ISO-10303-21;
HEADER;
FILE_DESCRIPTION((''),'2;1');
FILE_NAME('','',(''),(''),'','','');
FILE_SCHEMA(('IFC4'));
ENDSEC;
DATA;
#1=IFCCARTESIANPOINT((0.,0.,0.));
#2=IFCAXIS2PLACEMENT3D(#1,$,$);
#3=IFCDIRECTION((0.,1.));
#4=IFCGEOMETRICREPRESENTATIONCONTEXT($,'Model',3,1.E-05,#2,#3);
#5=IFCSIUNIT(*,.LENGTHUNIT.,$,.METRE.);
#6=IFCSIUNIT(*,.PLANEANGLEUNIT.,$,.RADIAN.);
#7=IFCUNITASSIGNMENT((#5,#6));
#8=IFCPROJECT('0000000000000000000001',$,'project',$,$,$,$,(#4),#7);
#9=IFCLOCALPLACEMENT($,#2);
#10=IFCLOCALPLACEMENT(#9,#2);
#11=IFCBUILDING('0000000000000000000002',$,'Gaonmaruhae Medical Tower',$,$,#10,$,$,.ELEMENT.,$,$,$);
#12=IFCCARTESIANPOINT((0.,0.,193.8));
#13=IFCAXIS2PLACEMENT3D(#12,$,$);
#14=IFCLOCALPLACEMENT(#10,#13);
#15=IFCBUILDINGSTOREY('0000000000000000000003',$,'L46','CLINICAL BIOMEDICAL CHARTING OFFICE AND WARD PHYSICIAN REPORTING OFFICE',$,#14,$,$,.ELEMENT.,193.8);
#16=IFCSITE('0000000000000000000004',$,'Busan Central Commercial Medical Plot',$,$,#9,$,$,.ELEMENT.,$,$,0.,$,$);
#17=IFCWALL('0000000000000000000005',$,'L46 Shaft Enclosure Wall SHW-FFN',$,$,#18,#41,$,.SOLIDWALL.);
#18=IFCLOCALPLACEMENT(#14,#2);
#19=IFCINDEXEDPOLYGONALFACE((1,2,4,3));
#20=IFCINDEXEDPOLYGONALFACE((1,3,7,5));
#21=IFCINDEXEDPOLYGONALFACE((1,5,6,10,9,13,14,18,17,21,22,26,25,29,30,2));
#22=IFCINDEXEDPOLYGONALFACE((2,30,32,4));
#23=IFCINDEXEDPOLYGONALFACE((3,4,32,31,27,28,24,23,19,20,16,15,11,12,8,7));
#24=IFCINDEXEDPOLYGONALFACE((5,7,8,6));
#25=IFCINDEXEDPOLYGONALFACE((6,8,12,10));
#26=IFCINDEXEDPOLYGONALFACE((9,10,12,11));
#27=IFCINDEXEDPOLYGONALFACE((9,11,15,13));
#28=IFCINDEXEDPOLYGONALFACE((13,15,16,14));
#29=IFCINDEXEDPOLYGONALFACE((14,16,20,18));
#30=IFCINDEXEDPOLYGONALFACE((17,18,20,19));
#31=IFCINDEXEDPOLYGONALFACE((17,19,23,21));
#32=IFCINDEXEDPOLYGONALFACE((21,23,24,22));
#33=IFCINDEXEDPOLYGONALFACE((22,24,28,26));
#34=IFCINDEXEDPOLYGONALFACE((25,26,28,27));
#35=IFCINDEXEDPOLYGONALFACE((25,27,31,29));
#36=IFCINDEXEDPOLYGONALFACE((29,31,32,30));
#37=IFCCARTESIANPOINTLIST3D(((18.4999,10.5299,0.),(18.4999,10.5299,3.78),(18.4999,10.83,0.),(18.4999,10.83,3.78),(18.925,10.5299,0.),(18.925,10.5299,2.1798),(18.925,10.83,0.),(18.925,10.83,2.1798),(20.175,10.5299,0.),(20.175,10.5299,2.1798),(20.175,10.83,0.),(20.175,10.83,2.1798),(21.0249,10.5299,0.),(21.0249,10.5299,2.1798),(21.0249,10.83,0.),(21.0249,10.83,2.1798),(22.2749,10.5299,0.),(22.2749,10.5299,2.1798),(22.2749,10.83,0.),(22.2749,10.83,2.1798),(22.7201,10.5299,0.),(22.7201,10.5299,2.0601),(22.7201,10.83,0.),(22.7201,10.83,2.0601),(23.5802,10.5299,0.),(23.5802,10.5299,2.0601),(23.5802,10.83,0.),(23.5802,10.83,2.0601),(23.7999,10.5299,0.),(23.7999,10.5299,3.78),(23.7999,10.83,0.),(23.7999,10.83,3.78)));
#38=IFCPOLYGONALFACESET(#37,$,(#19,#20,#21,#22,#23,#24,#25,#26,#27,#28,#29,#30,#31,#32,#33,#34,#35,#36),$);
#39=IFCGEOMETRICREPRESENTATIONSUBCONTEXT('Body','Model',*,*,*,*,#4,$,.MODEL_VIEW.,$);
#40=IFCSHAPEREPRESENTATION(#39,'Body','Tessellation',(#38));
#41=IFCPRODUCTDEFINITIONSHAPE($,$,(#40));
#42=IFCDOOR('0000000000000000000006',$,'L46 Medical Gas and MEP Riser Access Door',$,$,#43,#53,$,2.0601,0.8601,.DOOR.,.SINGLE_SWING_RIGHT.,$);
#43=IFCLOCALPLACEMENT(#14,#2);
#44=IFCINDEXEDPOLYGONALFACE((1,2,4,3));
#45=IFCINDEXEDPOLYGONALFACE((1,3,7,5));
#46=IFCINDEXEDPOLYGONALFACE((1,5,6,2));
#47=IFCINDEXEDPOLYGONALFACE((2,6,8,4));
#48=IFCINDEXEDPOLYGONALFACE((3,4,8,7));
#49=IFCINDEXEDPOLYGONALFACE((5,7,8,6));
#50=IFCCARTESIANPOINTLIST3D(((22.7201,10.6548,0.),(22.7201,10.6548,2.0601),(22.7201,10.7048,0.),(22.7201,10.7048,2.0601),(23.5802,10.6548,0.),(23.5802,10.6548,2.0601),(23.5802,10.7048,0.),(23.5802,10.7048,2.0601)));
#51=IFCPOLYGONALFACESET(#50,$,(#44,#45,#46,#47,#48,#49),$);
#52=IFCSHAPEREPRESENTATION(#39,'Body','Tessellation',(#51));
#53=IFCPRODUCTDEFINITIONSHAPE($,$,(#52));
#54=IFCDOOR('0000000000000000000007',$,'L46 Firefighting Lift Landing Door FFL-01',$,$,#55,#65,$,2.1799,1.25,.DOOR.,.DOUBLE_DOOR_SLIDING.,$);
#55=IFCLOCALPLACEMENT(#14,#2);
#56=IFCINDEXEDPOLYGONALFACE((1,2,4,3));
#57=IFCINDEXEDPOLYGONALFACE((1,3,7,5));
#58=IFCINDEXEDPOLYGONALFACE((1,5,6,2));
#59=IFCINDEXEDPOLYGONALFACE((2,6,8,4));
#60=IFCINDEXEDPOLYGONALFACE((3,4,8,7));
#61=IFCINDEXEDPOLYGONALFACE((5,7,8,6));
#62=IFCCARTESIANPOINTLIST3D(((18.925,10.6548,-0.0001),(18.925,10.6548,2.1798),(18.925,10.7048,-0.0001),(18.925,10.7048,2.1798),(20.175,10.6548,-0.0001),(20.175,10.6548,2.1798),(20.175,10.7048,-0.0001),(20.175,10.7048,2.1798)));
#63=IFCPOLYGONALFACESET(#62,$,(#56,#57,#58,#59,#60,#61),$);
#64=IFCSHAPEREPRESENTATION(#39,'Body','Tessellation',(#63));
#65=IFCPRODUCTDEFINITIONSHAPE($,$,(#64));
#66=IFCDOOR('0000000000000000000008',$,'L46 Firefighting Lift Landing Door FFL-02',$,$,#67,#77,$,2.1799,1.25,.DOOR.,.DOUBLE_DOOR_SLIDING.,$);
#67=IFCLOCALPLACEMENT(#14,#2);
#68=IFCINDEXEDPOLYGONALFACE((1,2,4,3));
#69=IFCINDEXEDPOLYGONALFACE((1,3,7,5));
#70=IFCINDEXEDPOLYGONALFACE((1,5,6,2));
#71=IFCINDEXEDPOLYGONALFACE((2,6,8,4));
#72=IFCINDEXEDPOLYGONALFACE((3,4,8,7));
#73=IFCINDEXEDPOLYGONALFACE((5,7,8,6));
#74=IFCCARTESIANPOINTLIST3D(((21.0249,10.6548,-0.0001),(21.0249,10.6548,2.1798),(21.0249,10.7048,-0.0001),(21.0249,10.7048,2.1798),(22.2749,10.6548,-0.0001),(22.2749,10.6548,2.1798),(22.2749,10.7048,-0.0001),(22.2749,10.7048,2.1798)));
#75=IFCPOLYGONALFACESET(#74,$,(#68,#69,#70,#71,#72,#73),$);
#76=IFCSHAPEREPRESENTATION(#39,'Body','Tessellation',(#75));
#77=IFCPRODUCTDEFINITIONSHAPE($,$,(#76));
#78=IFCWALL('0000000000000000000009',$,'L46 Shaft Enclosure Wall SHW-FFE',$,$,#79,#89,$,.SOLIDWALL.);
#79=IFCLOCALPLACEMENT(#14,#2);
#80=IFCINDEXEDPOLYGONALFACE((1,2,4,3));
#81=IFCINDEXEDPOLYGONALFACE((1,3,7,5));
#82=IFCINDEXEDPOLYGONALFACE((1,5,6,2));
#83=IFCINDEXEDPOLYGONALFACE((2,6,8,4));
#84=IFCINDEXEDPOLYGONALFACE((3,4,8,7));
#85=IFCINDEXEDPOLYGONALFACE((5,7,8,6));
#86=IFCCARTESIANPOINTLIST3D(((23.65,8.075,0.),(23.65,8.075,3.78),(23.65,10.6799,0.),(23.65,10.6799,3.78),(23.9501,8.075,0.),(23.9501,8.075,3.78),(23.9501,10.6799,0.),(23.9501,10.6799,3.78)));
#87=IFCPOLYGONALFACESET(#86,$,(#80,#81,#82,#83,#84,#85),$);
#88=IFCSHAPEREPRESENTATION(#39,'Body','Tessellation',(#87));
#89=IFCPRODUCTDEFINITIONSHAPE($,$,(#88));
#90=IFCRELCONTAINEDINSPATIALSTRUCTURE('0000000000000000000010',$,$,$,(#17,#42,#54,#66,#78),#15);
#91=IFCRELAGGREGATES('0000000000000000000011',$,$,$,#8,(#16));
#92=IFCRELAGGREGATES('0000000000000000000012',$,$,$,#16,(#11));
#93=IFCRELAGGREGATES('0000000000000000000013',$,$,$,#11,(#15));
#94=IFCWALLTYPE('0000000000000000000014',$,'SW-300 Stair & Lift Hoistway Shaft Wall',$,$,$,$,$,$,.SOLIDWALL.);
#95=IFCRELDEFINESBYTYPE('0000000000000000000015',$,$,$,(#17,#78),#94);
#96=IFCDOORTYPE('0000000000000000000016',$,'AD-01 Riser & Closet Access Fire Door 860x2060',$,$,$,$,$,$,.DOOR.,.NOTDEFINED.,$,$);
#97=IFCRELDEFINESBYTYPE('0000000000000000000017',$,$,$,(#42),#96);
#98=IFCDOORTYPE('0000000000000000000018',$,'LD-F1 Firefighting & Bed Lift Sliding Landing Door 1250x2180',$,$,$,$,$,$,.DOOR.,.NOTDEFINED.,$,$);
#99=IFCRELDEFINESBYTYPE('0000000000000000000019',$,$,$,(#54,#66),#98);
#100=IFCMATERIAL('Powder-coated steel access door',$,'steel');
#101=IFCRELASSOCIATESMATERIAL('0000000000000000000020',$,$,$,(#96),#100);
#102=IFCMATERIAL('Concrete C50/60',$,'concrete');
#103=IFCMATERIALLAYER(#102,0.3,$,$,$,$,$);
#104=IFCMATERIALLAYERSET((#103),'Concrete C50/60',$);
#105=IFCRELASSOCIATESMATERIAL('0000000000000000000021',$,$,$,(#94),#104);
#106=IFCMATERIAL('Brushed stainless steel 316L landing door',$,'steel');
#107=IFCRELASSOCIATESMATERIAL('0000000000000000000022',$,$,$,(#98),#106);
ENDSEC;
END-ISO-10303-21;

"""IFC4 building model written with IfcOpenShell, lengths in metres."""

from ifc_helpers import new_model, si_unit, direction, frame, frame_2d, origin, place, context, subcontext, project, spatial, rectangle, extrude, material, layer, layer_set, type_object, element, fill, save


model = new_model("IFC4")

# Units and contexts
model_context = context("Model", 3, precision=1e-05, world=origin(), true_north=direction((0.0, 1.0)))
body_context = subcontext(model_context, "Body", "Model", "MODEL_VIEW")
ifc_project = project(units=[si_unit("LENGTHUNIT", "METRE"), si_unit("PLANEANGLEUNIT", "RADIAN")], contexts=[model_context])

# Site, building, storey
site_placement = place(None, origin())
site = spatial("IfcSite", under=ifc_project, at=site_placement, Name="Busan Central Commercial Medical Plot", CompositionType="ELEMENT", RefElevation=0.0)
building_placement = place(site_placement, origin())
building = spatial("IfcBuilding", under=site, at=building_placement, Name="Gaonmaruhae Medical Tower", CompositionType="ELEMENT")
storey_placement = place(building_placement, frame((0.0, 0.0, 193.8)))
storey = spatial("IfcBuildingStorey", under=building, at=storey_placement, Name="L46", Description="CLINICAL BIOMEDICAL CHARTING OFFICE AND WARD PHYSICIAN REPORTING OFFICE", CompositionType="ELEMENT", Elevation=193.8)

# Shared definitions
ifc_material_1 = material(Name="Concrete C50/60", Category="concrete")

# Shared definitions
ifc_material_2 = material(Name="Powder-coated steel access door", Category="steel")
door_type_1 = type_object("IfcDoorType", Name="AD-01 Riser & Closet Access Fire Door 860x2060", OperationType="NOTDEFINED", PredefinedType="DOOR", material=ifc_material_2)

# Wall, openings, doors
ifc_layer_1 = layer(ifc_material_1, 0.3)
ifc_layer_set_1 = layer_set([ifc_layer_1], Name="Concrete C50/60")
wall_type_1 = type_object("IfcWallType", Name="SW-300 Stair & Lift Hoistway Shaft Wall", PredefinedType="SOLIDWALL", material=ifc_layer_set_1)
wall_1_placement = place(storey_placement, frame((18.5, 10.6799, 0.0), z_axis=(0.0, 0.0, 1.0), x_axis=(1.0, 0.0, 0.0)))
wall_1 = element("IfcWall", 1, at=wall_1_placement, inside=storey, type_object=wall_type_1, Name="L46 Shaft Enclosure Wall SHW-FFN", PredefinedType="SOLIDWALL", context=body_context, shape_type="SweptSolid", body=[
    extrude(rectangle(XDim=5.3, YDim=0.3, at=frame_2d((2.6499, 0.0))), origin(), (0.0, 0.0, 1.0), 3.78),
])
opening_1_placement = place(wall_1_placement, frame((4.22, 0.0, 0.0)))
opening_1 = element("IfcOpeningElement", 2, at=opening_1_placement, cuts=wall_1, PredefinedType="OPENING", context=body_context, shape_type="SweptSolid", body=[
    extrude(rectangle(XDim=0.8601, YDim=2.0601, at=frame_2d((0.4302, 1.03))), frame((0.0, 0.1602, 0.0), z_axis=(0.0, -1.0, 0.0), x_axis=(1.0, 0.0, 0.0)), (0.0, 0.0, 1.0), 0.3201),
])
opening_2_placement = place(wall_1_placement, frame((0.425, 0.0, 0.0)))
opening_2 = element("IfcOpeningElement", 3, at=opening_2_placement, cuts=wall_1, PredefinedType="OPENING", context=body_context, shape_type="SweptSolid", body=[
    extrude(rectangle(XDim=1.25, YDim=2.1799, at=frame_2d((0.625, 1.0898))), frame((0.0, 0.1602, 0.0), z_axis=(0.0, -1.0, 0.0), x_axis=(1.0, 0.0, 0.0)), (0.0, 0.0, 1.0), 0.3201),
])
opening_3_placement = place(wall_1_placement, frame((2.5249, 0.0, 0.0)))
opening_3 = element("IfcOpeningElement", 4, at=opening_3_placement, cuts=wall_1, PredefinedType="OPENING", context=body_context, shape_type="SweptSolid", body=[
    extrude(rectangle(XDim=1.25, YDim=2.1799, at=frame_2d((0.625, 1.0898))), frame((0.0, 0.1602, 0.0), z_axis=(0.0, -1.0, 0.0), x_axis=(1.0, 0.0, 0.0)), (0.0, 0.0, 1.0), 0.3201),
])
door_1_placement = place(opening_1_placement, origin())
door_1 = element("IfcDoor", 5, at=door_1_placement, inside=storey, type_object=door_type_1, Name="L46 Medical Gas and MEP Riser Access Door", OperationType="SINGLE_SWING_RIGHT", OverallHeight=2.0601, OverallWidth=0.8601, PredefinedType="DOOR", context=body_context, shape_type="SweptSolid", body=[
    extrude(rectangle(XDim=0.8601, YDim=2.0601, at=frame_2d((0.4302, 1.03))), frame((0.0, 0.0249, 0.0), z_axis=(0.0, -1.0, 0.0), x_axis=(1.0, 0.0, 0.0)), (0.0, 0.0, 1.0), 0.05),
])
fill(opening_1, door_1)
ifc_material_3 = material(Name="Brushed stainless steel 316L landing door", Category="steel")
door_type_2 = type_object("IfcDoorType", Name="LD-F1 Firefighting & Bed Lift Sliding Landing Door 1250x2180", OperationType="NOTDEFINED", PredefinedType="DOOR", material=ifc_material_3)
door_2_placement = place(opening_2_placement, origin())
door_2 = element("IfcDoor", 6, at=door_2_placement, inside=storey, type_object=door_type_2, Name="L46 Firefighting Lift Landing Door FFL-01", OperationType="DOUBLE_DOOR_SLIDING", OverallHeight=2.1799, OverallWidth=1.25, PredefinedType="DOOR", context=body_context, shape_type="SweptSolid", body=[
    extrude(rectangle(XDim=1.25, YDim=2.1799, at=frame_2d((0.625, 1.0898))), frame((0.0, 0.0249, 0.0), z_axis=(0.0, -1.0, 0.0), x_axis=(1.0, 0.0, 0.0)), (0.0, 0.0, 1.0), 0.05),
])
fill(opening_2, door_2)
door_3_placement = place(opening_3_placement, origin())
door_3 = element("IfcDoor", 7, at=door_3_placement, inside=storey, type_object=door_type_2, Name="L46 Firefighting Lift Landing Door FFL-02", OperationType="DOUBLE_DOOR_SLIDING", OverallHeight=2.1799, OverallWidth=1.25, PredefinedType="DOOR", context=body_context, shape_type="SweptSolid", body=[
    extrude(rectangle(XDim=1.25, YDim=2.1799, at=frame_2d((0.625, 1.0898))), frame((0.0, 0.0249, 0.0), z_axis=(0.0, -1.0, 0.0), x_axis=(1.0, 0.0, 0.0)), (0.0, 0.0, 1.0), 0.05),
])
fill(opening_3, door_3)

# Wall
wall_2_placement = place(storey_placement, frame((23.8, 8.075, 0.0), z_axis=(0.0, 0.0, 1.0), x_axis=(0.0, 1.0, 0.0)))
element("IfcWall", 8, at=wall_2_placement, inside=storey, type_object=wall_type_1, Name="L46 Shaft Enclosure Wall SHW-FFE", PredefinedType="SOLIDWALL", context=body_context, shape_type="SweptSolid", body=[
    extrude(rectangle(XDim=2.605, YDim=0.3, at=frame_2d((1.3025, 0.0))), origin(), (0.0, 0.0, 1.0), 3.78),
])

save(model, "model.ifc")
